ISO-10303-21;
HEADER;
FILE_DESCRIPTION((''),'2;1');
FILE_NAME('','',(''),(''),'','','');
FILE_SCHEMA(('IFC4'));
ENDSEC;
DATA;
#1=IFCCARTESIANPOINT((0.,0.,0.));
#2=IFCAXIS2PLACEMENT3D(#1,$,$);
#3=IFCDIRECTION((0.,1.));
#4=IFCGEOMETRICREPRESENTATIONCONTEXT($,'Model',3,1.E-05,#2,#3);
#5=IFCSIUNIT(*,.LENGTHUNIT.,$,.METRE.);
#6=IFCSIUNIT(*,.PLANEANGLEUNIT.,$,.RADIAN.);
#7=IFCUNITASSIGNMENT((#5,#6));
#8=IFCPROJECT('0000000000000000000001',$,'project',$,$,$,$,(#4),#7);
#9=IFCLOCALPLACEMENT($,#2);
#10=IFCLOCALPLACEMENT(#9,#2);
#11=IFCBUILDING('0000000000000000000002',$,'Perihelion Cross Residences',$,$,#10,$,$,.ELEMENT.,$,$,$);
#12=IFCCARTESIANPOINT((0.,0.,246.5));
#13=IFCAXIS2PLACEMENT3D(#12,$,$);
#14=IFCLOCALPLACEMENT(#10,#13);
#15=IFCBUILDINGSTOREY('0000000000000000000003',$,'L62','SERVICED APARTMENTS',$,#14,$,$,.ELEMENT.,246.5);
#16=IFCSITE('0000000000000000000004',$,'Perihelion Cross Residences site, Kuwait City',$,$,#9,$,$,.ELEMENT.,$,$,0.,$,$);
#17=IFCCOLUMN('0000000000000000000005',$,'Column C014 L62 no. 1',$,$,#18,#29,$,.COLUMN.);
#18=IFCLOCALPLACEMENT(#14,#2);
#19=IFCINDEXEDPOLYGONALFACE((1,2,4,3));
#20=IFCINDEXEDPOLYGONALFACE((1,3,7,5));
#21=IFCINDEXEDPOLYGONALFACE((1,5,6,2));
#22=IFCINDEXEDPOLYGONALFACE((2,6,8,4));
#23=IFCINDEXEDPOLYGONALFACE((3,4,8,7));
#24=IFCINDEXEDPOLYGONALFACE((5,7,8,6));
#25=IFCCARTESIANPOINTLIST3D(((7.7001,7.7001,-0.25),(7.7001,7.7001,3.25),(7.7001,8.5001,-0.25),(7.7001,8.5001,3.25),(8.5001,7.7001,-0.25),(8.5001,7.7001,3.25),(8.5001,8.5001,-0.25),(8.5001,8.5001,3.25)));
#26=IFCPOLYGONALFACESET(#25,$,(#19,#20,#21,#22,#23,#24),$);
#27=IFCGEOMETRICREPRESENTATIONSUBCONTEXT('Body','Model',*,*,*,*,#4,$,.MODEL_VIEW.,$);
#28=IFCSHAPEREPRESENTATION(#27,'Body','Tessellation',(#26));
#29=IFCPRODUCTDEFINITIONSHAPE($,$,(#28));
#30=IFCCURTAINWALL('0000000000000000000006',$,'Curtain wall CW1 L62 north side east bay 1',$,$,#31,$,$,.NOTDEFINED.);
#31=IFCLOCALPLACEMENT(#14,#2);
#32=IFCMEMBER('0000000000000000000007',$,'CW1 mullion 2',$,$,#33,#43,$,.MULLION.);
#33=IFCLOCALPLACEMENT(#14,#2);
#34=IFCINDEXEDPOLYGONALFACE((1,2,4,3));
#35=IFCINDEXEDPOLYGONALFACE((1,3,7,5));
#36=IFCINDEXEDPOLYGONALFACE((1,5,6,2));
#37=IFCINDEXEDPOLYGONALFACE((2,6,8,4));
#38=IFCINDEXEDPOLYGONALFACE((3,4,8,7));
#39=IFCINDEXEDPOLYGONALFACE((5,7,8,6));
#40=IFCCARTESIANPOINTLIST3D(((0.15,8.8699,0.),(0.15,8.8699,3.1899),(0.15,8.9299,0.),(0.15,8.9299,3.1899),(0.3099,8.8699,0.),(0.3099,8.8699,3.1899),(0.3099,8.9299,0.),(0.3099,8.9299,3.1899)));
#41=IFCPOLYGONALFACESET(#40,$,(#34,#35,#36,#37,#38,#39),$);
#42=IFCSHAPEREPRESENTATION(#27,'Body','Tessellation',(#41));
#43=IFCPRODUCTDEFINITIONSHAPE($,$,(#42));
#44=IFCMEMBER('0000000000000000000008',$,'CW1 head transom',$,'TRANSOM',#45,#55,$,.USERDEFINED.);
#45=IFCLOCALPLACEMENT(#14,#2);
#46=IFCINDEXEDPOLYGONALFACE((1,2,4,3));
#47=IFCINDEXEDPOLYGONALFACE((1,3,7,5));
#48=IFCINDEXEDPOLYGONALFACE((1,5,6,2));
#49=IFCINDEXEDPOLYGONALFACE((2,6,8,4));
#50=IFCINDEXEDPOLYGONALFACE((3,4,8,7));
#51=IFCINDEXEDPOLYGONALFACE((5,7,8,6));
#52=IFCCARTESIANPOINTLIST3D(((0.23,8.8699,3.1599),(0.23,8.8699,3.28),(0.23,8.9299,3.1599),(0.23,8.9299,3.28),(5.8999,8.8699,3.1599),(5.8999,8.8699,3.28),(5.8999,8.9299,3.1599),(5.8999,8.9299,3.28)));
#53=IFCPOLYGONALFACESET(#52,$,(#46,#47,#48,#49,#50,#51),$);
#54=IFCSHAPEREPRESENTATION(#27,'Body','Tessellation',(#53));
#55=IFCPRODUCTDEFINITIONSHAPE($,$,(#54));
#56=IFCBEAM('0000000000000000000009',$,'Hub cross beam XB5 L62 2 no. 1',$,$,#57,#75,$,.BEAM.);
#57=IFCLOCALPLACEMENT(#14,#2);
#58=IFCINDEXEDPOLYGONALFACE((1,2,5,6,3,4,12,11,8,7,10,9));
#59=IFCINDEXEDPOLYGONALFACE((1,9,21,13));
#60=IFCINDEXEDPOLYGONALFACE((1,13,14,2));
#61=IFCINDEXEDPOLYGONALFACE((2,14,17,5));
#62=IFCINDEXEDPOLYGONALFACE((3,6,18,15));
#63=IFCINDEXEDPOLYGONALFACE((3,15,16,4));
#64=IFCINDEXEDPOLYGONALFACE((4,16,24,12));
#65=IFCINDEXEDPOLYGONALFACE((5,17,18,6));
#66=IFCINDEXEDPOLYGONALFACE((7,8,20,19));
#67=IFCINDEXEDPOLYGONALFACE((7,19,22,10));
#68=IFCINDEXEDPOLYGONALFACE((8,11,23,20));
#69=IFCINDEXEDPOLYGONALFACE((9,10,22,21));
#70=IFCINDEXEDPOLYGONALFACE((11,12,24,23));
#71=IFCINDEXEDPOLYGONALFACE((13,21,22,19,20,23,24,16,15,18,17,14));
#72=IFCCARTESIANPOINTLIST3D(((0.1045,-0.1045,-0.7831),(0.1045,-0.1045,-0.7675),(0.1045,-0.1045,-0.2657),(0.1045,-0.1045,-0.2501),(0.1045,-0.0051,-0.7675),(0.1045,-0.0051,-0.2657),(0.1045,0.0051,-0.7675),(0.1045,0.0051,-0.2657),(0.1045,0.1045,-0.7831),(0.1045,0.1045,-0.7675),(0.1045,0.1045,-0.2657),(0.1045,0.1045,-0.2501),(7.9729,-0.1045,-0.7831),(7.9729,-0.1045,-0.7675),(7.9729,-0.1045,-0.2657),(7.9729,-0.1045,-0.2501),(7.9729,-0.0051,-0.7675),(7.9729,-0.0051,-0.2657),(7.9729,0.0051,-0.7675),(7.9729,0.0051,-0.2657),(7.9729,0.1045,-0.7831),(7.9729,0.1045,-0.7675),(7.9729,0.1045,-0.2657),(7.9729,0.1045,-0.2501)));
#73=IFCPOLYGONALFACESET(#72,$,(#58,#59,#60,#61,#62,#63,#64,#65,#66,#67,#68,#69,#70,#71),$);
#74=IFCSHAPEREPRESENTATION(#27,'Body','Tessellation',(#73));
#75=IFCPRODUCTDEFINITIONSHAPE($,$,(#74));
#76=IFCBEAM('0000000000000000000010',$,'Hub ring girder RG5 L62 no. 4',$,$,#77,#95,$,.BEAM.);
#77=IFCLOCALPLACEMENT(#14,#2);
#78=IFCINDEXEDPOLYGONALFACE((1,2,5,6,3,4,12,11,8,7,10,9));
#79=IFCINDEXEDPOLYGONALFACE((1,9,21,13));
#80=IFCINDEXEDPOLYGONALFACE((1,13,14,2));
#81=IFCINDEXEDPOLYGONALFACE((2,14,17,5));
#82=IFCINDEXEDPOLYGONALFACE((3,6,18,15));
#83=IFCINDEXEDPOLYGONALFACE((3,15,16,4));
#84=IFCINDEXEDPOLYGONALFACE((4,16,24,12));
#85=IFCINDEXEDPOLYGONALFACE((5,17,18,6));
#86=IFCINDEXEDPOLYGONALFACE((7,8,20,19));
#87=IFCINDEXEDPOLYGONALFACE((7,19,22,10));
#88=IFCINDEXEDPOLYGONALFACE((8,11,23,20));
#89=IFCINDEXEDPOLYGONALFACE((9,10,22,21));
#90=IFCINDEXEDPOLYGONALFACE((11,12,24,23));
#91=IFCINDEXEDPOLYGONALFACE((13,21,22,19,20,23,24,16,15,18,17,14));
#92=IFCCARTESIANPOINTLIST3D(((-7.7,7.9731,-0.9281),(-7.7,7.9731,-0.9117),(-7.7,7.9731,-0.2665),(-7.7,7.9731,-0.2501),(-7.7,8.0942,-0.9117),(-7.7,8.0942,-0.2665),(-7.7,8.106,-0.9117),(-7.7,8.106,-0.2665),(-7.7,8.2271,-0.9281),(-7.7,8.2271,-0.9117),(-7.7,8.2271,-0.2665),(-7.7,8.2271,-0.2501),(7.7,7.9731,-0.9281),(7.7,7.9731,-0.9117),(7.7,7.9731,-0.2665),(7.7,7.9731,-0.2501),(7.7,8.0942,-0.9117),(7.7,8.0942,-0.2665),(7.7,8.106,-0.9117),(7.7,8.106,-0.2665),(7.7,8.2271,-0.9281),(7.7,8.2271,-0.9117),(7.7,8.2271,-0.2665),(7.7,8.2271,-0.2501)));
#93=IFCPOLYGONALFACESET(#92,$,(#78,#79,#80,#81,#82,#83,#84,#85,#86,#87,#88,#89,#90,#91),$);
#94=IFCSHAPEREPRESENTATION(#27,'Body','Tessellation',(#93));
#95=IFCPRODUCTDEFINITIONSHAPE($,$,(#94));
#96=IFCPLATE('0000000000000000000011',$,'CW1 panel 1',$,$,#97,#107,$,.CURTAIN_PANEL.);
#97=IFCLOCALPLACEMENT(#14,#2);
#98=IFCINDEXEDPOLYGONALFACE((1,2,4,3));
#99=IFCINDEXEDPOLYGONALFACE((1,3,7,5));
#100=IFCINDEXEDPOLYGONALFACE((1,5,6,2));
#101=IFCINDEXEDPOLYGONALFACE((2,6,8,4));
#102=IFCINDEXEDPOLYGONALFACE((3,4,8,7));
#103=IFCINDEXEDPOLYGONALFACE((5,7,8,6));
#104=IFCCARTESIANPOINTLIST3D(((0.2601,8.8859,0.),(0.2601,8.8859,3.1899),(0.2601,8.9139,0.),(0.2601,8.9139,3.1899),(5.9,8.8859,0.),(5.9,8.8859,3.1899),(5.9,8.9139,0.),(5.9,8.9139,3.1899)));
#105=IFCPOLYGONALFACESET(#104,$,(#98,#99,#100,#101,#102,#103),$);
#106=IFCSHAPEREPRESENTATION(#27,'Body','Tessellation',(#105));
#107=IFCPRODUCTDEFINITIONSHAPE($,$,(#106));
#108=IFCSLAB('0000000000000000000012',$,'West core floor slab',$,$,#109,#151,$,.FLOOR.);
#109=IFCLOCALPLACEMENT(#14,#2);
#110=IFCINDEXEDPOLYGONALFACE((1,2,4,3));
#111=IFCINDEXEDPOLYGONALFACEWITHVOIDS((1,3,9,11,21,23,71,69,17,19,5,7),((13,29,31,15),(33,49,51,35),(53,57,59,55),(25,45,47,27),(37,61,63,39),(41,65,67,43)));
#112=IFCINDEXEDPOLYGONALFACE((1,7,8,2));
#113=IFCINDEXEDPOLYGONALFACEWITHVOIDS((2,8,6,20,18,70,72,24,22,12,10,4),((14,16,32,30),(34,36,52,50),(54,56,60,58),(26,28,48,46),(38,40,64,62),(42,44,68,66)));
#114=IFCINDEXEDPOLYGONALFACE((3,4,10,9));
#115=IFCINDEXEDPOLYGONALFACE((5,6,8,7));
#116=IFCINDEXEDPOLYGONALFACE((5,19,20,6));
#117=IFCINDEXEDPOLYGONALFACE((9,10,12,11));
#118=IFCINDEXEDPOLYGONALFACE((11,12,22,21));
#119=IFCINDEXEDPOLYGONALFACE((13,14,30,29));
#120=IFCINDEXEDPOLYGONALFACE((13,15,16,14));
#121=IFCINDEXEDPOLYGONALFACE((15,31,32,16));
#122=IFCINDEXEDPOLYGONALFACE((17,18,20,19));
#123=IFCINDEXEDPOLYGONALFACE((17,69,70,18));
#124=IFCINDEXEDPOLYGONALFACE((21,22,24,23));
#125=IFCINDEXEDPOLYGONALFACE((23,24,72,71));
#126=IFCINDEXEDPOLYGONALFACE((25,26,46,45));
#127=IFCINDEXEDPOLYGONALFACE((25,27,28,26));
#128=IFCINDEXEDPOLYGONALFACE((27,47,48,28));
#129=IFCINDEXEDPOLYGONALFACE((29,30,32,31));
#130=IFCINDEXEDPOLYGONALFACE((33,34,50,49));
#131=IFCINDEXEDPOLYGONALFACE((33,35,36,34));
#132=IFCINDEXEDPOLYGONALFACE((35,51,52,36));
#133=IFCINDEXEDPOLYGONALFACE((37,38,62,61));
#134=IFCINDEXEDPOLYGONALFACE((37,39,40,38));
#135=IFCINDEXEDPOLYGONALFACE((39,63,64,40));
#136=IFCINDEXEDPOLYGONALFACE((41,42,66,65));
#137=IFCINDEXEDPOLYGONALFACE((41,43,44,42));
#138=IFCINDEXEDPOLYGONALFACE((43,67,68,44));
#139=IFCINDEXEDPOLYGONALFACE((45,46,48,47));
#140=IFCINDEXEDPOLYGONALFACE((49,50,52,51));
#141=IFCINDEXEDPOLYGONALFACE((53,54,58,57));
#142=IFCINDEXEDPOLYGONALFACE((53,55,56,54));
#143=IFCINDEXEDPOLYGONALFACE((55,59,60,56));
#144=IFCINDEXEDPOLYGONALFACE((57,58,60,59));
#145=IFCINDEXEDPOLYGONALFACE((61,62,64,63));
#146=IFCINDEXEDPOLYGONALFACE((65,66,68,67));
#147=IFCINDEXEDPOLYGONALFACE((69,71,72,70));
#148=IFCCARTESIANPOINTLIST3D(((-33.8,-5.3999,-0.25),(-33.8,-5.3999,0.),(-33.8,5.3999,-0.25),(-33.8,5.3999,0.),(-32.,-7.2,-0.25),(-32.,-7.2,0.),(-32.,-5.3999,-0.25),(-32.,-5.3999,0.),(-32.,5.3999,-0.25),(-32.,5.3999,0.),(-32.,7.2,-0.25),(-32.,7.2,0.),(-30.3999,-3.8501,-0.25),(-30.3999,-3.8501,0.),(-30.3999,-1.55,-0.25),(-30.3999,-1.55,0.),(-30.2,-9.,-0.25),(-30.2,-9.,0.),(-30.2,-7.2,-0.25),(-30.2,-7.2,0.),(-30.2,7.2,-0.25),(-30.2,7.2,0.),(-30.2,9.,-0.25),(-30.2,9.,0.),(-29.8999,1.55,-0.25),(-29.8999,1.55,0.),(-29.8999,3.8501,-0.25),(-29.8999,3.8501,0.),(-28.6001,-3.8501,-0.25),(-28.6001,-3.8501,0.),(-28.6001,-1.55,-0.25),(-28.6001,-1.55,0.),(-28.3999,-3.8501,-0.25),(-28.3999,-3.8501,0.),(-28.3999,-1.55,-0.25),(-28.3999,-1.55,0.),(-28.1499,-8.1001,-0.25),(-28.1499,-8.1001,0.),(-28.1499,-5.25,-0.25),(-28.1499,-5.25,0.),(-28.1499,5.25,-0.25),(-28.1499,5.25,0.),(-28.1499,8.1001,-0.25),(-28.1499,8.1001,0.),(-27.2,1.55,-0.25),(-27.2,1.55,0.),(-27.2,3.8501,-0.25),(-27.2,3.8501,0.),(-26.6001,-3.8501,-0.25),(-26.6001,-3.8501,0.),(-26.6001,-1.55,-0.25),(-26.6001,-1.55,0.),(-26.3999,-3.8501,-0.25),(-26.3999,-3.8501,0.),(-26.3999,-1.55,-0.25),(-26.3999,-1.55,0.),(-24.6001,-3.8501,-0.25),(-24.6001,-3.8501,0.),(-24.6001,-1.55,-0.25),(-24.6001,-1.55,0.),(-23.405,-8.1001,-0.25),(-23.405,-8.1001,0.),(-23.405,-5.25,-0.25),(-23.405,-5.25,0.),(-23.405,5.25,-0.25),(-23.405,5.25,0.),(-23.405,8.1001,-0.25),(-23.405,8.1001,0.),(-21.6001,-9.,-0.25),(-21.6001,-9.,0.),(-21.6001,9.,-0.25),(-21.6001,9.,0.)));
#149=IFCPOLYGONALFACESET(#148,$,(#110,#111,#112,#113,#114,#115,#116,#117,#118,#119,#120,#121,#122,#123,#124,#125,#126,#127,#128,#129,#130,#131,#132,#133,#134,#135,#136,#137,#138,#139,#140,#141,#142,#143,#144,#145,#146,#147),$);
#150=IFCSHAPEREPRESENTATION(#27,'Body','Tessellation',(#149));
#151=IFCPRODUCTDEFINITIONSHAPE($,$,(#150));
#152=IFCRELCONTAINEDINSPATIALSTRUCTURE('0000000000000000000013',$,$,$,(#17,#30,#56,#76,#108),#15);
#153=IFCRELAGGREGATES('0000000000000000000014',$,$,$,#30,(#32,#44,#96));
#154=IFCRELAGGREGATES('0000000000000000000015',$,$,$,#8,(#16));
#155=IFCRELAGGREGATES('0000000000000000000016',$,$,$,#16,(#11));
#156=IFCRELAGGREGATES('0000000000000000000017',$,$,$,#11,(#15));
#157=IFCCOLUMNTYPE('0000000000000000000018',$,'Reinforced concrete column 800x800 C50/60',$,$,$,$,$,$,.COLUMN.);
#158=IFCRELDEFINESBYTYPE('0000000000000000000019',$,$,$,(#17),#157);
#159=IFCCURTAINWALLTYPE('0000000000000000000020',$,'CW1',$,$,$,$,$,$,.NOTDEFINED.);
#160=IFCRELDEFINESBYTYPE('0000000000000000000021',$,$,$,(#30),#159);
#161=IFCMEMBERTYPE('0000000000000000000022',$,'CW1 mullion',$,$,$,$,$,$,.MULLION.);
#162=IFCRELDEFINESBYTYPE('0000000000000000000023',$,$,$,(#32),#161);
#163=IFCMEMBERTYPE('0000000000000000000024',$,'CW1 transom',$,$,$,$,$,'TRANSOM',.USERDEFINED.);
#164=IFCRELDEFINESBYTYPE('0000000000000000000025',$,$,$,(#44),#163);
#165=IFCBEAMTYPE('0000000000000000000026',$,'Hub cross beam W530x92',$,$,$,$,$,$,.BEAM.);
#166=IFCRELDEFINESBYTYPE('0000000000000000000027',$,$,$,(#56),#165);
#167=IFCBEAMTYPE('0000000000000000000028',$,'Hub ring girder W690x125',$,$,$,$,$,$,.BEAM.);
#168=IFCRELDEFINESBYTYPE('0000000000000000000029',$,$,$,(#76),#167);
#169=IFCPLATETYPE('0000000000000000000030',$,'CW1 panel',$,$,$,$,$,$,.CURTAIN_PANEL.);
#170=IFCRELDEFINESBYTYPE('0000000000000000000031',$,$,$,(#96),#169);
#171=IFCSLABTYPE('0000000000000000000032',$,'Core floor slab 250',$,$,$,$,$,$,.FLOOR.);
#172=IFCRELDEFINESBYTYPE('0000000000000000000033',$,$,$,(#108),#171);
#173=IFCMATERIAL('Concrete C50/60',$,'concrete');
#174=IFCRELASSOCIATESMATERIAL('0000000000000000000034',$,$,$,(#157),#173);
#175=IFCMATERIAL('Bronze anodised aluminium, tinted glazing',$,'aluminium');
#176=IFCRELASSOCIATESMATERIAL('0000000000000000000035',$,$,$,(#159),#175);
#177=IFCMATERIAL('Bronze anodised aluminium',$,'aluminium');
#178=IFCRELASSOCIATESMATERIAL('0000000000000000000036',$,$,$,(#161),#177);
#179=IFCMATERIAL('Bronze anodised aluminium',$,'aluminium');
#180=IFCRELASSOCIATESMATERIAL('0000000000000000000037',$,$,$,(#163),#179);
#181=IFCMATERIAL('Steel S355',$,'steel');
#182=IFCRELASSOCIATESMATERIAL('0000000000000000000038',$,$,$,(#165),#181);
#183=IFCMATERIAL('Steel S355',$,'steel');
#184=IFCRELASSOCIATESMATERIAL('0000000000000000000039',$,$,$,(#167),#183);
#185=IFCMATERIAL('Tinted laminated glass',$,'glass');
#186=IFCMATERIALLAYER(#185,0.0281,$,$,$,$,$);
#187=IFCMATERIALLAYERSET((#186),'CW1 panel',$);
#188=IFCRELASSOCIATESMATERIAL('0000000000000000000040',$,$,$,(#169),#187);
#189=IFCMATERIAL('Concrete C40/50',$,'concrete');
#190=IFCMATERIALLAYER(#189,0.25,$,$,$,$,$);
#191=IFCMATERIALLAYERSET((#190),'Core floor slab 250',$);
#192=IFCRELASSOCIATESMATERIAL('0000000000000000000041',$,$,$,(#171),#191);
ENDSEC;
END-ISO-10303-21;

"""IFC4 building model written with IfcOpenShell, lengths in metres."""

from ifc_helpers import new_model, si_unit, direction, frame, origin, origin_2d, place, context, subcontext, project, spatial, polyline, rectangle, i_section, outline, extrude, material, layer, layer_set, material_profile, profile_set, type_object, element, aggregate, save


model = new_model("IFC4")

# Units and contexts
model_context = context("Model", 3, precision=1e-05, world=origin(), true_north=direction((0.0, 1.0)))
body_context = subcontext(model_context, "Body", "Model", "MODEL_VIEW")
ifc_project = project(units=[si_unit("LENGTHUNIT", "METRE"), si_unit("PLANEANGLEUNIT", "RADIAN")], contexts=[model_context])

# Site, building, storey
site_placement = place(None, origin())
site = spatial("IfcSite", under=ifc_project, at=site_placement, Name="Perihelion Cross Residences site, Kuwait City", CompositionType="ELEMENT", RefElevation=0.0)
building_placement = place(site_placement, origin())
building = spatial("IfcBuilding", under=site, at=building_placement, Name="Perihelion Cross Residences", CompositionType="ELEMENT")
storey_placement = place(building_placement, frame((0.0, 0.0, 246.5)))
storey = spatial("IfcBuildingStorey", under=building, at=storey_placement, Name="L62", Description="SERVICED APARTMENTS", CompositionType="ELEMENT", Elevation=246.5)

# Column
ifc_material_1 = material(Name="Concrete C50/60", Category="concrete")
ifc_material_profile_1 = material_profile(ifc_material_1, rectangle(XDim=0.8, YDim=0.8, at=origin_2d()), Name="RC 800x800")
ifc_profile_set_1 = profile_set([ifc_material_profile_1], Name="Concrete C50/60")
column_type = type_object("IfcColumnType", Name="Reinforced concrete column 800x800 C50/60", PredefinedType="COLUMN", material=ifc_profile_set_1)
column_placement = place(storey_placement, frame((8.1001, 8.1001, -0.25), z_axis=(0.0, 0.0, 1.0), x_axis=(1.0, 0.0, 0.0)))
element("IfcColumn", 1, at=column_placement, inside=storey, type_object=column_type, Name="Column C014 L62 no. 1", PredefinedType="COLUMN", context=body_context, shape_type="SweptSolid", body=[
    extrude(rectangle(XDim=0.8, YDim=0.8, at=origin_2d()), origin(), (0.0, 0.0, 1.0), 3.5),
])

# Curtain wall, members
ifc_material_2 = material(Name="Bronze anodised aluminium, tinted glazing", Category="aluminium")
curtain_wall_type = type_object("IfcCurtainWallType", Name="CW1", PredefinedType="NOTDEFINED", material=ifc_material_2)
curtain_wall_placement = place(storey_placement, origin())
curtain_wall = element("IfcCurtainWall", 2, at=curtain_wall_placement, inside=storey, type_object=curtain_wall_type, Name="Curtain wall CW1 L62 north side east bay 1", PredefinedType="NOTDEFINED")
ifc_material_3 = material(Name="Bronze anodised aluminium", Category="aluminium")
ifc_material_profile_2 = material_profile(ifc_material_3, rectangle(XDim=0.0601, YDim=0.1599, at=origin_2d()), Name="CW1 mullion")
ifc_profile_set_2 = profile_set([ifc_material_profile_2], Name="Bronze anodised aluminium")
member_type_1 = type_object("IfcMemberType", Name="CW1 mullion", PredefinedType="MULLION", material=ifc_profile_set_2)
member_1_placement = place(storey_placement, frame((0.23, 8.8999, 0.0), z_axis=(0.0, 0.0, 1.0), x_axis=(0.0, -1.0, 0.0)))
member_1 = element("IfcMember", 3, at=member_1_placement, type_object=member_type_1, Name="CW1 mullion 2", PredefinedType="MULLION", context=body_context, shape_type="SweptSolid", body=[
    extrude(rectangle(XDim=0.0601, YDim=0.1599, at=origin_2d()), origin(), (0.0, 0.0, 1.0), 3.1899),
])
ifc_material_4 = material(Name="Bronze anodised aluminium", Category="aluminium")
ifc_material_profile_3 = material_profile(ifc_material_4, rectangle(XDim=0.0601, YDim=0.1201, at=origin_2d()), Name="CW1 transom")
ifc_profile_set_3 = profile_set([ifc_material_profile_3], Name="Bronze anodised aluminium")
member_type_2 = type_object("IfcMemberType", Name="CW1 transom", ElementType="TRANSOM", PredefinedType="USERDEFINED", material=ifc_profile_set_3)
member_2_placement = place(storey_placement, frame((5.8999, 8.8999, 3.22), z_axis=(-1.0, 0.0, 0.0), x_axis=(0.0, -1.0, 0.0)))
member_2 = element("IfcMember", 4, at=member_2_placement, type_object=member_type_2, Name="CW1 head transom", ObjectType="TRANSOM", PredefinedType="USERDEFINED", context=body_context, shape_type="SweptSolid", body=[
    extrude(rectangle(XDim=0.0601, YDim=0.1201, at=origin_2d()), origin(), (0.0, 0.0, 1.0), 5.6699),
])

# Beams
ifc_material_5 = material(Name="Steel S355", Category="steel")
ifc_material_profile_4 = material_profile(ifc_material_5, i_section(OverallWidth=0.209, OverallDepth=0.533, WebThickness=0.0103, FlangeThickness=0.0156, at=origin_2d()), Name="W530x92")
ifc_profile_set_4 = profile_set([ifc_material_profile_4], Name="Steel S355")
beam_type_1 = type_object("IfcBeamType", Name="Hub cross beam W530x92", PredefinedType="BEAM", material=ifc_profile_set_4)
beam_1_placement = place(storey_placement, frame((0.1045, 0.0, -0.5166), z_axis=(1.0, 0.0, 0.0), x_axis=(0.0, 1.0, 0.0)))
element("IfcBeam", 5, at=beam_1_placement, inside=storey, type_object=beam_type_1, Name="Hub cross beam XB5 L62 2 no. 1", PredefinedType="BEAM", context=body_context, shape_type="SweptSolid", body=[
    extrude(i_section(OverallWidth=0.209, OverallDepth=0.533, WebThickness=0.0103, FlangeThickness=0.0156, at=origin_2d()), origin(), (0.0, 0.0, 1.0), 7.8684),
])
ifc_material_6 = material(Name="Steel S355", Category="steel")
ifc_material_profile_5 = material_profile(ifc_material_6, i_section(OverallWidth=0.2539, OverallDepth=0.678, WebThickness=0.0117, FlangeThickness=0.0164, at=origin_2d()), Name="W690x125")
ifc_profile_set_5 = profile_set([ifc_material_profile_5], Name="Steel S355")
beam_type_2 = type_object("IfcBeamType", Name="Hub ring girder W690x125", PredefinedType="BEAM", material=ifc_profile_set_5)
beam_2_placement = place(storey_placement, frame((7.7, 8.1001, -0.5891), z_axis=(-1.0, 0.0, 0.0), x_axis=(0.0, -1.0, 0.0)))
element("IfcBeam", 6, at=beam_2_placement, inside=storey, type_object=beam_type_2, Name="Hub ring girder RG5 L62 no. 4", PredefinedType="BEAM", context=body_context, shape_type="SweptSolid", body=[
    extrude(i_section(OverallWidth=0.2539, OverallDepth=0.678, WebThickness=0.0117, FlangeThickness=0.0164, at=origin_2d()), origin(), (0.0, 0.0, 1.0), 15.3999),
])

# Plate
ifc_material_7 = material(Name="Tinted laminated glass", Category="glass")
ifc_layer_1 = layer(ifc_material_7, 0.0281)
ifc_layer_set_1 = layer_set([ifc_layer_1], Name="CW1 panel")
plate_type = type_object("IfcPlateType", Name="CW1 panel", PredefinedType="CURTAIN_PANEL", material=ifc_layer_set_1)
plate_placement = place(storey_placement, frame((3.0801, 8.8999, 0.0), z_axis=(0.0, 0.0, 1.0), x_axis=(-1.0, 0.0, 0.0)))
plate = element("IfcPlate", 7, at=plate_placement, type_object=plate_type, Name="CW1 panel 1", PredefinedType="CURTAIN_PANEL", context=body_context, shape_type="SweptSolid", body=[
    extrude(rectangle(XDim=5.6399, YDim=0.0281, at=origin_2d()), origin(), (0.0, 0.0, 1.0), 3.1899),
])
aggregate(curtain_wall, [member_1, member_2, plate])

# Slab
ifc_material_8 = material(Name="Concrete C40/50", Category="concrete")
ifc_layer_2 = layer(ifc_material_8, 0.25)
ifc_layer_set_2 = layer_set([ifc_layer_2], Name="Core floor slab 250")
slab_type = type_object("IfcSlabType", Name="Core floor slab 250", PredefinedType="FLOOR", material=ifc_layer_set_2)
slab_placement = place(storey_placement, frame((0.0, 0.0, -0.25)))
element("IfcSlab", 8, at=slab_placement, inside=storey, type_object=slab_type, Name="West core floor slab", PredefinedType="FLOOR", context=body_context, shape_type="SweptSolid", body=[
    extrude(outline(polyline([(-30.2, 7.2), (-32.0, 7.2), (-32.0, 5.3999), (-33.8, 5.3999), (-33.8, -5.3999), (-32.0, -5.3999), (-32.0, -7.2), (-30.2, -7.2), (-30.2, -9.0), (-21.6001, -9.0), (-21.6001, 9.0), (-30.2, 9.0), (-30.2, 7.2)]), holes=[polyline([(-28.1499, -8.1001), (-28.1499, -5.25), (-23.405, -5.25), (-23.405, -8.1001), (-28.1499, -8.1001)]), polyline([(-24.6001, -1.55), (-24.6001, -3.8501), (-26.3999, -3.8501), (-26.3999, -1.55), (-24.6001, -1.55)]), polyline([(-26.6001, -1.55), (-26.6001, -3.8501), (-28.3999, -3.8501), (-28.3999, -1.55), (-26.6001, -1.55)]), polyline([(-28.6001, -3.8501), (-30.3999, -3.8501), (-30.3999, -1.55), (-28.6001, -1.55), (-28.6001, -3.8501)]), polyline([(-27.2, 3.8501), (-27.2, 1.55), (-29.8999, 1.55), (-29.8999, 3.8501), (-27.2, 3.8501)]), polyline([(-23.405, 5.25), (-28.1499, 5.25), (-28.1499, 8.1001), (-23.405, 8.1001), (-23.405, 5.25)])]), origin(), (0.0, 0.0, 1.0), 0.25),
])

save(model, "model.ifc")
